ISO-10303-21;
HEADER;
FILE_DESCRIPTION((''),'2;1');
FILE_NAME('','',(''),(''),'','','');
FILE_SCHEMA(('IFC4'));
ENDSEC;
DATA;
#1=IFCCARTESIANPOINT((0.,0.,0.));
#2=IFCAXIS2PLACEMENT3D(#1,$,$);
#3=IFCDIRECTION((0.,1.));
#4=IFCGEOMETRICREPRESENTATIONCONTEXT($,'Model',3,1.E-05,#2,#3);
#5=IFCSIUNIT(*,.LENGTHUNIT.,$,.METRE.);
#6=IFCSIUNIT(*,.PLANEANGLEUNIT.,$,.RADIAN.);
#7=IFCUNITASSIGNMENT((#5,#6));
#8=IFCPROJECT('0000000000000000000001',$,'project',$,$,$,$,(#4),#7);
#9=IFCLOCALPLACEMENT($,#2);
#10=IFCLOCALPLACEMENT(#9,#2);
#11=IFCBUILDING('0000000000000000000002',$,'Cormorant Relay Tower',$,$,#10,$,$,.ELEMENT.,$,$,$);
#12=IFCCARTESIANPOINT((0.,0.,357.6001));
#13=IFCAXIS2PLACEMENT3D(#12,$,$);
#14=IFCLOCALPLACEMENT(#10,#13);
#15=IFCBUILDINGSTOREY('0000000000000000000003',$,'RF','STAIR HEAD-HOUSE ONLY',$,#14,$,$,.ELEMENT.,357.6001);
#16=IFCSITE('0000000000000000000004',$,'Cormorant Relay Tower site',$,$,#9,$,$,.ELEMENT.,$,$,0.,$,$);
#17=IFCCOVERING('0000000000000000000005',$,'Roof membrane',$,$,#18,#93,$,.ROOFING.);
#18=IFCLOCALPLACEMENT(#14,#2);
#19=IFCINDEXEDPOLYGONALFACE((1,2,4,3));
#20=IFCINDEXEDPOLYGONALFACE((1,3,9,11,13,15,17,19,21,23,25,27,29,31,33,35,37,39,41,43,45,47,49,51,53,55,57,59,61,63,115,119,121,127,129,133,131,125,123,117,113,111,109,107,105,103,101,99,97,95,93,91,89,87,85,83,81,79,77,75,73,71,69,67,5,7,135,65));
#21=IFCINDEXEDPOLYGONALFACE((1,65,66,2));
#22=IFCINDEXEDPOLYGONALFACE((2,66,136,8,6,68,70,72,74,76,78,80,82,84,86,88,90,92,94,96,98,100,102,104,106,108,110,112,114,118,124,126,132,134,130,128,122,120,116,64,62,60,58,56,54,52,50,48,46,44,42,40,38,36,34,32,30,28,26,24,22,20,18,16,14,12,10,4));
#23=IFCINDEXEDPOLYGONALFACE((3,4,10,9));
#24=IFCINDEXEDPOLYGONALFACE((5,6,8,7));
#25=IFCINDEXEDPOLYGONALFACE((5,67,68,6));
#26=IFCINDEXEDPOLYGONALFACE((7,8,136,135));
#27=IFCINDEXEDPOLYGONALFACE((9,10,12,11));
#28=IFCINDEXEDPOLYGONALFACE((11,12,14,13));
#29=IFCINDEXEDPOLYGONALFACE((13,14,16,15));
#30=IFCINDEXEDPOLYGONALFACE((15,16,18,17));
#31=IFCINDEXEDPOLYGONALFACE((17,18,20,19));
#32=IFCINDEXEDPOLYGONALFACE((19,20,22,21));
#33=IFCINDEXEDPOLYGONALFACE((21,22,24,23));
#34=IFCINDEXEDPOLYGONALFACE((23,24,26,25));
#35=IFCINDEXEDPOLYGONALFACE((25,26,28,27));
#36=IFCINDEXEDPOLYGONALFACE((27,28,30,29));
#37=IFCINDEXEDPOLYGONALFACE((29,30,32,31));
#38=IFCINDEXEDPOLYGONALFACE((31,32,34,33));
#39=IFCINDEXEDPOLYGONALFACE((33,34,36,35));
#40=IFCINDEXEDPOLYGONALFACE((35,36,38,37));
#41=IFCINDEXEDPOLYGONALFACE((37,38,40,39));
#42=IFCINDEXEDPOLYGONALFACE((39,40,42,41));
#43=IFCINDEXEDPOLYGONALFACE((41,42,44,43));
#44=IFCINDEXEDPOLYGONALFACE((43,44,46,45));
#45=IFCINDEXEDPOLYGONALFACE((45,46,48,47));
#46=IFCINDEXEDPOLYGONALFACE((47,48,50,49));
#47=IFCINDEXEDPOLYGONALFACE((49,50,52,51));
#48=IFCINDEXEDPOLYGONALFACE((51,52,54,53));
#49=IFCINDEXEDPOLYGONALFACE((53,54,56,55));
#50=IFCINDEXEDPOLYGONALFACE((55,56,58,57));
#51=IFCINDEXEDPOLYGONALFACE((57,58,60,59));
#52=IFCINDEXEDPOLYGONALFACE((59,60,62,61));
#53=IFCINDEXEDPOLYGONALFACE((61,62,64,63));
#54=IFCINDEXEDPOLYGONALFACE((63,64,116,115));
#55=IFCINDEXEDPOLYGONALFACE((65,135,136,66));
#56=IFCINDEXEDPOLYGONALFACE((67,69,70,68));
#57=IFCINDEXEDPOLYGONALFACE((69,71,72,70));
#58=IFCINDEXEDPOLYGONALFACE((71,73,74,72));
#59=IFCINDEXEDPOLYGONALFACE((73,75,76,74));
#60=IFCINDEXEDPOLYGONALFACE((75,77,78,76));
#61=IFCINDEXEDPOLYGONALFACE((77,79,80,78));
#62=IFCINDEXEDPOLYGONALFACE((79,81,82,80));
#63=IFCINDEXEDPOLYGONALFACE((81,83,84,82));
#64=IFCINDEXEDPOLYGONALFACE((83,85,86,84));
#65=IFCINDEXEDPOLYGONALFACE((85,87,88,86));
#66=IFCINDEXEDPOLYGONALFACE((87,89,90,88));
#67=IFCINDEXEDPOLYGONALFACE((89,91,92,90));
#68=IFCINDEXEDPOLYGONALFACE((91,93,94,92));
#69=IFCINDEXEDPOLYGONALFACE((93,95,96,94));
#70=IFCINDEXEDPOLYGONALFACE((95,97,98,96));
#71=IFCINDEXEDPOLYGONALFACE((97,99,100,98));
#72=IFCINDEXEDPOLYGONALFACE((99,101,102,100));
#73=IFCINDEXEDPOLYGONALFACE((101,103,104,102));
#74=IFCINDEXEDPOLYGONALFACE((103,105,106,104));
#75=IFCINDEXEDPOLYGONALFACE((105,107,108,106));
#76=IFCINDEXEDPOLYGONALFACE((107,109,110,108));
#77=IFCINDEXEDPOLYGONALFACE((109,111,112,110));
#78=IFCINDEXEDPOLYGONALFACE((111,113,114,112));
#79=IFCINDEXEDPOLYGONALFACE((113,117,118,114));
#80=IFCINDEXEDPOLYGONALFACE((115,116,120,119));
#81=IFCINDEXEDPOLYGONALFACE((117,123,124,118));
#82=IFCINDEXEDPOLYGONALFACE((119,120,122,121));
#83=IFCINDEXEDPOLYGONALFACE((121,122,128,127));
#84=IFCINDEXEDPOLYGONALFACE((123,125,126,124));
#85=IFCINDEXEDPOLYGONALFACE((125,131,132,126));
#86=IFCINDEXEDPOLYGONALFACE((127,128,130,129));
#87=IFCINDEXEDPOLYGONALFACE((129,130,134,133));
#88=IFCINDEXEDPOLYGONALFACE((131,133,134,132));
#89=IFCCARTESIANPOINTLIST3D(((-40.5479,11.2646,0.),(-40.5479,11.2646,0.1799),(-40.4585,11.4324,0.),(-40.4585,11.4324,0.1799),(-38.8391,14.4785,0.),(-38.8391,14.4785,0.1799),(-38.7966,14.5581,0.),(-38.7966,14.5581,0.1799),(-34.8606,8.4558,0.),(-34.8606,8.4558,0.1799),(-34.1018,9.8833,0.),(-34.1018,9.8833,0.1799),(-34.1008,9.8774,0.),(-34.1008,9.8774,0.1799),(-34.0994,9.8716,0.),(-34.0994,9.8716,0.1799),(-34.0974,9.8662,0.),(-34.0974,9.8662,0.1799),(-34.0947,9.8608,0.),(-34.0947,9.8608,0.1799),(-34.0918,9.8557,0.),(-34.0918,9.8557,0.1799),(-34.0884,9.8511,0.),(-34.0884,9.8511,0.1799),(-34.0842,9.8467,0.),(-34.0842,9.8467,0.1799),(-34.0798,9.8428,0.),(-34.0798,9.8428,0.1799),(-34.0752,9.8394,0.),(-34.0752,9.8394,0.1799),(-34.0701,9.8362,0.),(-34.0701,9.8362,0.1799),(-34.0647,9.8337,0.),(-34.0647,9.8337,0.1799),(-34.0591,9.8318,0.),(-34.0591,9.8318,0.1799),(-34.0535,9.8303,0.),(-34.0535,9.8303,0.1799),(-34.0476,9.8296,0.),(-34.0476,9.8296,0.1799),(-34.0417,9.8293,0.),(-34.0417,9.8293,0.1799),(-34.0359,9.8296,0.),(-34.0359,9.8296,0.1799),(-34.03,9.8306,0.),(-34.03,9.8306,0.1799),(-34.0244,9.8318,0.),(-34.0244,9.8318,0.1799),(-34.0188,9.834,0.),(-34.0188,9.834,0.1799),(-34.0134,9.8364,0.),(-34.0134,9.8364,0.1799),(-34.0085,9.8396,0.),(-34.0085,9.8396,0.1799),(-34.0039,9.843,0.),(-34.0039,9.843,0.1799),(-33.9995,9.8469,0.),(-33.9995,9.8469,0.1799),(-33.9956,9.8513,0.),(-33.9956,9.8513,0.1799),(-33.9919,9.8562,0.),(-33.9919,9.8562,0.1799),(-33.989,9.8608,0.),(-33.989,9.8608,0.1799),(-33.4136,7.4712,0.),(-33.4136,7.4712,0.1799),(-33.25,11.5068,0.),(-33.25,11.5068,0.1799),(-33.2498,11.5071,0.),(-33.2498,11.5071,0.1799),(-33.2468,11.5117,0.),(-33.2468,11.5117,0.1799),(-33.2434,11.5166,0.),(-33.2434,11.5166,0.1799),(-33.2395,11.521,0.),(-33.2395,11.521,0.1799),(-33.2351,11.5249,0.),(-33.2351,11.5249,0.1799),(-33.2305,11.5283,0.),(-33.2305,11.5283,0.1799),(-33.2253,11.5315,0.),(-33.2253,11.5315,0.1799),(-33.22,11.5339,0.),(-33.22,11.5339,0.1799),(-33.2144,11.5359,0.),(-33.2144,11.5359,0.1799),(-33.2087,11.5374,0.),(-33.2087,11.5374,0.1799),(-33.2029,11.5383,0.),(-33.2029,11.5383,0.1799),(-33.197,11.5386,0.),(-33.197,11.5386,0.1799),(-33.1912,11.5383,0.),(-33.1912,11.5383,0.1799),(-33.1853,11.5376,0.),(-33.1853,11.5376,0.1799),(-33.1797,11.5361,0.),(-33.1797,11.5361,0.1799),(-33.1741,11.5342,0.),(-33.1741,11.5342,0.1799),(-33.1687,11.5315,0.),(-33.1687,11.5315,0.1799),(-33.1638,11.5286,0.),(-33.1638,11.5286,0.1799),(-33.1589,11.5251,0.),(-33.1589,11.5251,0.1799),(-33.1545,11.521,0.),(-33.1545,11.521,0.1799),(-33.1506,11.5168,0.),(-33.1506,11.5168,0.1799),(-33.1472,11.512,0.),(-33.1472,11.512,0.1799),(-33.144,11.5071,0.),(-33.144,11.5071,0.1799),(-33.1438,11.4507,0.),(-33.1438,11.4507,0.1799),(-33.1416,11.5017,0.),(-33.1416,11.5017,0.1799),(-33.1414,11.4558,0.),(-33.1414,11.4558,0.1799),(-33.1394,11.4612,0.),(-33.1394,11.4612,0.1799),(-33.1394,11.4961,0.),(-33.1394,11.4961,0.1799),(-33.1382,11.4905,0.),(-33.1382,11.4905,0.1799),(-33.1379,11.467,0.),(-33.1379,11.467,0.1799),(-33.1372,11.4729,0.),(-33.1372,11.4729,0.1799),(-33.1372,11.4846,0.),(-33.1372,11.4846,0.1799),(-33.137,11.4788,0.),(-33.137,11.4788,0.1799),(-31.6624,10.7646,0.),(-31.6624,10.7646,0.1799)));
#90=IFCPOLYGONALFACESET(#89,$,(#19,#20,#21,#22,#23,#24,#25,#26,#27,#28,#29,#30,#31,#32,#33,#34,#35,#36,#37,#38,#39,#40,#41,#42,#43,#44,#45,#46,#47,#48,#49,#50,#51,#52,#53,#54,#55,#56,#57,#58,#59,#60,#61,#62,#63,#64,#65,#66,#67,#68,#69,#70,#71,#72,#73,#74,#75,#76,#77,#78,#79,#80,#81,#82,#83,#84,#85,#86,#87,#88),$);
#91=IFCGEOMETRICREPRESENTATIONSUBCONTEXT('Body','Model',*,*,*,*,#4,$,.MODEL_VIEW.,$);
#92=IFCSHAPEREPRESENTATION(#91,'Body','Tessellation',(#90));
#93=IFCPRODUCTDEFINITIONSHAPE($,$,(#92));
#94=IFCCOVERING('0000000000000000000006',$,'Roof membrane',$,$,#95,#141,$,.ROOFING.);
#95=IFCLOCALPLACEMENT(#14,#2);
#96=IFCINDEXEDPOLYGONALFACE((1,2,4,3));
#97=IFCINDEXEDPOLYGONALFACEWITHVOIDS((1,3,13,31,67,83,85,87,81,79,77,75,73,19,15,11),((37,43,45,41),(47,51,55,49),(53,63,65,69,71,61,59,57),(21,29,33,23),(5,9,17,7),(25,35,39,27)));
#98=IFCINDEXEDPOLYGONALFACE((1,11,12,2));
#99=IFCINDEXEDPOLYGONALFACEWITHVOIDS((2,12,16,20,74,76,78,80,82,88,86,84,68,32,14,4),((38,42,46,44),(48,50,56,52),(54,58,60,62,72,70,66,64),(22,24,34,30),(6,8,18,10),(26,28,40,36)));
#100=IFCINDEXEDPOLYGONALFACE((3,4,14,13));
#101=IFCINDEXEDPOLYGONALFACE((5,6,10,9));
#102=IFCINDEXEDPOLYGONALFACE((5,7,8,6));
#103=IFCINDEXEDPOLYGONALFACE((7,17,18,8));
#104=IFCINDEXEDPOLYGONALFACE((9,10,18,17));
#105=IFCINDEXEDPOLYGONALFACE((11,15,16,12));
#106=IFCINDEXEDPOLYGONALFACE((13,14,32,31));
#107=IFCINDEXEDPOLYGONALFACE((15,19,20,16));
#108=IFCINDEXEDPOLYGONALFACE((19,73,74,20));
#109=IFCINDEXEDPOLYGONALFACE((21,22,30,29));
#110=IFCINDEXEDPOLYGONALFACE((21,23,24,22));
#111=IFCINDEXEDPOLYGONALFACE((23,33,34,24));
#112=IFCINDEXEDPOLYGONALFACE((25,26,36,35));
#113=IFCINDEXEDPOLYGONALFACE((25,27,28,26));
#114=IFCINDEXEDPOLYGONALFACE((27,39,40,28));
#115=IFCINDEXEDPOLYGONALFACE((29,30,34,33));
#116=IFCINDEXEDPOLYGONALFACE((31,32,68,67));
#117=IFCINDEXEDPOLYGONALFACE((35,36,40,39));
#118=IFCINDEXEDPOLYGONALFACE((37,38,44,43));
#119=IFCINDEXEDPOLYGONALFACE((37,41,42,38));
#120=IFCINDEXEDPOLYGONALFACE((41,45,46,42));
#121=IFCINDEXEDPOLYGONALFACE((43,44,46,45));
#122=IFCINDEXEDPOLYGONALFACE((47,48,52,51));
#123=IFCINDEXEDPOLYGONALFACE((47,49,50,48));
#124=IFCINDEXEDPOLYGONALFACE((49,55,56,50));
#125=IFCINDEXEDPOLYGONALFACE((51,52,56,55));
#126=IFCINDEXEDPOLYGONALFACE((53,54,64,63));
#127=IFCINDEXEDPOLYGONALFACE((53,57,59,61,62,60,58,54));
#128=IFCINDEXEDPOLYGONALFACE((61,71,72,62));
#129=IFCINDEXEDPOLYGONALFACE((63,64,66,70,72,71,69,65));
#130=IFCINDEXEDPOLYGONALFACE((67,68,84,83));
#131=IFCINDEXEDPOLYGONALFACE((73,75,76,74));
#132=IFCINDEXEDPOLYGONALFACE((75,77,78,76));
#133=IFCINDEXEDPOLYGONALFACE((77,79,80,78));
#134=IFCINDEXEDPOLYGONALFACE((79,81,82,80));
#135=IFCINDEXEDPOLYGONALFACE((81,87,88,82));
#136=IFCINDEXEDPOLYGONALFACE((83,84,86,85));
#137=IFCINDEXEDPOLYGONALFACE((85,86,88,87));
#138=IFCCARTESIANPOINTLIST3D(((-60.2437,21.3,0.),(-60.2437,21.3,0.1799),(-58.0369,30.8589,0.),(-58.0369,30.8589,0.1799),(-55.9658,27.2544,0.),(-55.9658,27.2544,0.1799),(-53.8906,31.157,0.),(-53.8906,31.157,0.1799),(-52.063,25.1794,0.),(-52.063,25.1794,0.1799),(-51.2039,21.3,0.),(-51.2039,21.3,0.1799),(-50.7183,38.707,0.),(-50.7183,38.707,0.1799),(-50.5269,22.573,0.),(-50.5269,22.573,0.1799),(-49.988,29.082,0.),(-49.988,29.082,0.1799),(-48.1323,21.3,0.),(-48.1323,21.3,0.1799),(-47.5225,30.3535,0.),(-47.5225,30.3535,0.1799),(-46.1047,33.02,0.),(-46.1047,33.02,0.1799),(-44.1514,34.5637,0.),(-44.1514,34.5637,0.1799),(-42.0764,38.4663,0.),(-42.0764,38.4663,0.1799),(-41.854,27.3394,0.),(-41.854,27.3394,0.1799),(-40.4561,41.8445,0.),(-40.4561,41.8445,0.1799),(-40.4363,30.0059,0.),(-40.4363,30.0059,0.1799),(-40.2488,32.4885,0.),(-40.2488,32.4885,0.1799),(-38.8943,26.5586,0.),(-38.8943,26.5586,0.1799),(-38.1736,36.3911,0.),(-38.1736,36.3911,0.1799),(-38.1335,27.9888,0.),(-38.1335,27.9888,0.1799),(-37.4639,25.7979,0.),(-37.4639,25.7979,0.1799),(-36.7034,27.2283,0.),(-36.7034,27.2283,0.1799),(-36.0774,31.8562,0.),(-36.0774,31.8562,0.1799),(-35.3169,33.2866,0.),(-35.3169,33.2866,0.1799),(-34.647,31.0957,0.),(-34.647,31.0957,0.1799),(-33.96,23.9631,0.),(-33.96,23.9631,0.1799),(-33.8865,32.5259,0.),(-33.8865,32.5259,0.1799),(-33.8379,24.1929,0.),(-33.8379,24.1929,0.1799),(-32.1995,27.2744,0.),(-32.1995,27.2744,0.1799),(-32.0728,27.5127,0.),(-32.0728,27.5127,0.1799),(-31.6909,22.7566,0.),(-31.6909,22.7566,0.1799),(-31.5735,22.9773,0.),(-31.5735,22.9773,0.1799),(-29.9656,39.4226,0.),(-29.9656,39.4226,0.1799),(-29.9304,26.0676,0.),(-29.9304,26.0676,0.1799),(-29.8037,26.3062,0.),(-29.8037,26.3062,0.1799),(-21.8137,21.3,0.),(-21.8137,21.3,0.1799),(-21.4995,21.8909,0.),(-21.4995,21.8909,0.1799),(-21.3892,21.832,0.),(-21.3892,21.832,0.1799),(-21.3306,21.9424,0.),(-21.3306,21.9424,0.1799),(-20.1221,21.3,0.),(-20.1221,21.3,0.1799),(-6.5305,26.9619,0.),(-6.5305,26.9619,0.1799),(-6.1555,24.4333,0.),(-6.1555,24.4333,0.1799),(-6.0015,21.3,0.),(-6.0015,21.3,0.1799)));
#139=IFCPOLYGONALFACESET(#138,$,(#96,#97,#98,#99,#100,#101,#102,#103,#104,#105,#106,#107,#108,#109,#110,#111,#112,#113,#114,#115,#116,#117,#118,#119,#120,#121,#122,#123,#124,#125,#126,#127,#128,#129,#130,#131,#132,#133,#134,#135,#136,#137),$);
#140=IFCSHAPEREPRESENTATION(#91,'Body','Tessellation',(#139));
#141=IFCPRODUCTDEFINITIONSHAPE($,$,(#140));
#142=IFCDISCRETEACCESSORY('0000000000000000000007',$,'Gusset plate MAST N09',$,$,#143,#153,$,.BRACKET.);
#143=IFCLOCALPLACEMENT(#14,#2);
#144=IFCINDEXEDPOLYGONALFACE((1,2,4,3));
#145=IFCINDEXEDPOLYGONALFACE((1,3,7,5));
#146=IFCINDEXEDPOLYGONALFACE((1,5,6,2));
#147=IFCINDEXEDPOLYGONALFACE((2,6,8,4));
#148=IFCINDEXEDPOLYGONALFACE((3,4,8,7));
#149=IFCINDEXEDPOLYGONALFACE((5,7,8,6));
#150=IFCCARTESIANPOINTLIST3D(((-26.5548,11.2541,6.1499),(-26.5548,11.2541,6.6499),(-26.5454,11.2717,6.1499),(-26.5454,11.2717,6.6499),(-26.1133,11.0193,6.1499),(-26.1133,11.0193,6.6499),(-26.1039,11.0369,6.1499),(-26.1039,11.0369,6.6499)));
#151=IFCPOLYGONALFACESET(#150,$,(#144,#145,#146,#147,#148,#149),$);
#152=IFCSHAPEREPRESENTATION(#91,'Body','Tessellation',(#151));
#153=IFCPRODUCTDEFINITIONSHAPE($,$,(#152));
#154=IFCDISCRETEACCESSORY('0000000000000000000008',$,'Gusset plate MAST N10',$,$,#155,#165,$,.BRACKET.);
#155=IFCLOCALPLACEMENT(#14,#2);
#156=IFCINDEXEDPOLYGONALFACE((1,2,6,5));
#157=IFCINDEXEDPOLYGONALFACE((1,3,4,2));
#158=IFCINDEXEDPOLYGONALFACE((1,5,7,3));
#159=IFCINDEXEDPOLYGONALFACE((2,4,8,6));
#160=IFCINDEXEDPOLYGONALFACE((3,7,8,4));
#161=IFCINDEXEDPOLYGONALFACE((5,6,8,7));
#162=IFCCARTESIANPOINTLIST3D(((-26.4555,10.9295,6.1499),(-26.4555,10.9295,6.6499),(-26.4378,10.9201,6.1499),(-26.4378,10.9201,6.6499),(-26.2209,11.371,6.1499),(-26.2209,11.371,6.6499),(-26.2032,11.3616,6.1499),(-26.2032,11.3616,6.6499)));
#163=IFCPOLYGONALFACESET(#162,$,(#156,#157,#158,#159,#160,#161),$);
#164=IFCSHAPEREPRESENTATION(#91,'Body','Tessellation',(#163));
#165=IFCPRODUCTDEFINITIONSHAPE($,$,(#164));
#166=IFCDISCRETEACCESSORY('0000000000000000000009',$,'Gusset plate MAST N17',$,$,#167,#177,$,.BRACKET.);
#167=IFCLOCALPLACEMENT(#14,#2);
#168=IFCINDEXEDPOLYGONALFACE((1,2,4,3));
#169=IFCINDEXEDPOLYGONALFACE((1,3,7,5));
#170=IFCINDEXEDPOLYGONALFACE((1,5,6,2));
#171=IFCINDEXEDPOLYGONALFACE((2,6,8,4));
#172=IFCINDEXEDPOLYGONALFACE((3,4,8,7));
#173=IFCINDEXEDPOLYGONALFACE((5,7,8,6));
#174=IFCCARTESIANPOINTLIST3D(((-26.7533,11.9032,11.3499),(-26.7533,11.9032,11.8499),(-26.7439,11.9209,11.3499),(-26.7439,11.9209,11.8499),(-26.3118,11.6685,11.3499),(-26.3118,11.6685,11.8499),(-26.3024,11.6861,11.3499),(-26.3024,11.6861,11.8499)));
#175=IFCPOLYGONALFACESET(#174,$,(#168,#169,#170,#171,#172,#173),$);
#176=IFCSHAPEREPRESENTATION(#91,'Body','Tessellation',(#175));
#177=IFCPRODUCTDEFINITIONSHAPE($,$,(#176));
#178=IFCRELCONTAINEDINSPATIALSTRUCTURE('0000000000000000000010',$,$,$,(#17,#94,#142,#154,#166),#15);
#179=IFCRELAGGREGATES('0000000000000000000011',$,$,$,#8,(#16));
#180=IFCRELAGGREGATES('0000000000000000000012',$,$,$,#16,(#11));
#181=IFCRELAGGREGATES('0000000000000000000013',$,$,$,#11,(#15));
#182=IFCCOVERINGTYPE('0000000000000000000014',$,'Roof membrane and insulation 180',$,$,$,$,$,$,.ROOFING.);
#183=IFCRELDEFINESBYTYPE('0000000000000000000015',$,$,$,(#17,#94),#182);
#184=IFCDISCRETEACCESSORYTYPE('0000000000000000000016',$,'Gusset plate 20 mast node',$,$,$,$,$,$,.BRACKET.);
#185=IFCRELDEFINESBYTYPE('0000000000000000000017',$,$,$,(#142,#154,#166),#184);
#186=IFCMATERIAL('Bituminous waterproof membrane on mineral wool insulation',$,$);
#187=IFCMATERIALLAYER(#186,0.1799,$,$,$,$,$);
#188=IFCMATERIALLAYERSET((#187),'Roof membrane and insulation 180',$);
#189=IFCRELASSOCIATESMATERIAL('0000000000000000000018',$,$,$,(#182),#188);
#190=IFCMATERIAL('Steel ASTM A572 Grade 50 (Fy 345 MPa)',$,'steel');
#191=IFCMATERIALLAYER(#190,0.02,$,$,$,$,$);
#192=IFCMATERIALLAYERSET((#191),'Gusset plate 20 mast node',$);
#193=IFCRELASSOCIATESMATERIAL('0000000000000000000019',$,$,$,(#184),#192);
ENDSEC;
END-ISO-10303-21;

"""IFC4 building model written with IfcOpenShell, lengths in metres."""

from ifc_helpers import new_model, si_unit, direction, frame, origin, origin_2d, place, context, subcontext, project, spatial, polyline, rectangle, outline, extrude, material, layer, layer_set, type_object, element, save


model = new_model("IFC4")

# Units and contexts
model_context = context("Model", 3, precision=1e-05, world=origin(), true_north=direction((0.0, 1.0)))
body_context = subcontext(model_context, "Body", "Model", "MODEL_VIEW")
ifc_project = project(units=[si_unit("LENGTHUNIT", "METRE"), si_unit("PLANEANGLEUNIT", "RADIAN")], contexts=[model_context])

# Site, building, storey
site_placement = place(None, origin())
site = spatial("IfcSite", under=ifc_project, at=site_placement, Name="Cormorant Relay Tower site", CompositionType="ELEMENT", RefElevation=0.0)
building_placement = place(site_placement, origin())
building = spatial("IfcBuilding", under=site, at=building_placement, Name="Cormorant Relay Tower", CompositionType="ELEMENT")
storey_placement = place(building_placement, frame((0.0, 0.0, 357.6001)))
storey = spatial("IfcBuildingStorey", under=building, at=storey_placement, Name="RF", Description="STAIR HEAD-HOUSE ONLY", CompositionType="ELEMENT", Elevation=357.6001)

# Coverings
ifc_material_1 = material(Name="Bituminous waterproof membrane on mineral wool insulation")
ifc_layer_1 = layer(ifc_material_1, 0.1799)
ifc_layer_set_1 = layer_set([ifc_layer_1], Name="Roof membrane and insulation 180")
covering_type = type_object("IfcCoveringType", Name="Roof membrane and insulation 180", PredefinedType="ROOFING", material=ifc_layer_set_1)
covering_1_placement = place(storey_placement, origin())
element("IfcCovering", 1, at=covering_1_placement, inside=storey, type_object=covering_type, Name="Roof membrane", PredefinedType="ROOFING", context=body_context, shape_type="SweptSolid", body=[
    extrude(outline(polyline([(-34.1018, 9.8833), (-34.1018, 9.8833), (-34.1008, 9.8774), (-34.0994, 9.8716), (-34.0974, 9.8662), (-34.0947, 9.8608), (-34.0918, 9.8557), (-34.0884, 9.8511), (-34.0842, 9.8467), (-34.0798, 9.8428), (-34.0752, 9.8394), (-34.0701, 9.8362), (-34.0647, 9.8337), (-34.0591, 9.8318), (-34.0535, 9.8303), (-34.0476, 9.8296), (-34.0417, 9.8293), (-34.0359, 9.8296), (-34.03, 9.8306), (-34.0244, 9.8318), (-34.0188, 9.834), (-34.0134, 9.8364), (-34.0085, 9.8396), (-34.0039, 9.843), (-33.9995, 9.8469), (-33.9956, 9.8513), (-33.9919, 9.8562), (-33.989, 9.8608), (-33.1438, 11.4507), (-33.1414, 11.4558), (-33.1394, 11.4612), (-33.1379, 11.467), (-33.1372, 11.4729), (-33.137, 11.4788), (-33.1372, 11.4846), (-33.1382, 11.4905), (-33.1394, 11.4961), (-33.1416, 11.5017), (-33.144, 11.5071), (-33.1472, 11.512), (-33.1506, 11.5168), (-33.1545, 11.521), (-33.1589, 11.5251), (-33.1638, 11.5286), (-33.1687, 11.5315), (-33.1741, 11.5342), (-33.1797, 11.5361), (-33.1853, 11.5376), (-33.1912, 11.5383), (-33.197, 11.5386), (-33.2029, 11.5383), (-33.2087, 11.5374), (-33.2144, 11.5359), (-33.22, 11.5339), (-33.2253, 11.5315), (-33.2305, 11.5283), (-33.2351, 11.5249), (-33.2395, 11.521), (-33.2434, 11.5166), (-33.2468, 11.5117), (-33.2498, 11.5071), (-33.25, 11.5068), (-38.8391, 14.4785), (-38.7966, 14.5581), (-31.6624, 10.7646), (-33.4136, 7.4712), (-40.5479, 11.2646), (-40.4585, 11.4324), (-34.8606, 8.4558), (-34.1018, 9.8833)])), origin(), (0.0, 0.0, 1.0), 0.1799),
])
covering_2_placement = place(storey_placement, origin())
element("IfcCovering", 2, at=covering_2_placement, inside=storey, type_object=covering_type, Name="Roof membrane", PredefinedType="ROOFING", context=body_context, shape_type="SweptSolid", body=[
    extrude(outline(polyline([(-60.2437, 21.3), (-58.0369, 30.8589), (-50.7183, 38.707), (-40.4561, 41.8445), (-29.9656, 39.4226), (-6.5305, 26.9619), (-6.1555, 24.4333), (-6.0015, 21.3), (-20.1221, 21.3), (-21.3306, 21.9424), (-21.3892, 21.832), (-21.4995, 21.8909), (-21.8137, 21.3), (-48.1323, 21.3), (-50.5269, 22.573), (-51.2039, 21.3), (-60.2437, 21.3)]), holes=[polyline([(-33.8379, 24.1929), (-33.96, 23.9631), (-31.6909, 22.7566), (-31.5735, 22.9773), (-31.5735, 22.9773), (-29.9304, 26.0676), (-29.9304, 26.0676), (-29.8037, 26.3062), (-32.0728, 27.5127), (-32.1995, 27.2744), (-32.1995, 27.2744), (-33.8379, 24.1929)]), polyline([(-34.647, 31.0957), (-33.8865, 32.5259), (-35.3169, 33.2866), (-36.0774, 31.8562), (-34.647, 31.0957)]), polyline([(-36.7034, 27.2283), (-38.1335, 27.9888), (-38.8943, 26.5586), (-37.4639, 25.7979), (-36.7034, 27.2283)]), polyline([(-40.2488, 32.4885), (-38.1736, 36.3911), (-42.0764, 38.4663), (-44.1514, 34.5637), (-40.2488, 32.4885)]), polyline([(-41.854, 27.3394), (-40.4363, 30.0059), (-46.1047, 33.02), (-47.5225, 30.3535), (-41.854, 27.3394)]), polyline([(-49.988, 29.082), (-53.8906, 31.157), (-55.9658, 27.2544), (-52.063, 25.1794), (-49.988, 29.082)])]), origin(), (0.0, 0.0, 1.0), 0.1799),
])

# Discrete accessories
ifc_material_2 = material(Name="Steel ASTM A572 Grade 50 (Fy 345 MPa)", Category="steel")
ifc_layer_2 = layer(ifc_material_2, 0.02)
ifc_layer_set_2 = layer_set([ifc_layer_2], Name="Gusset plate 20 mast node")
discrete_accessory_type = type_object("IfcDiscreteAccessoryType", Name="Gusset plate 20 mast node", PredefinedType="BRACKET", material=ifc_layer_set_2)
for number, where, z_axis, x_axis, name in (
    (3, (-26.3293, 11.1455, 6.1499), (0.0, 0.0, 1.0), (-0.882873, 0.469612, 0.0), "Gusset plate MAST N09"),
    (4, (-26.3293, 11.1455, 6.1499), (0.0, 0.0, 1.0), (0.469336, 0.88302, 0.0), "Gusset plate MAST N10"),
    (5, (-26.5278, 11.7947, 11.3499), (0.0, 0.0, 1.0), (-0.882951, 0.469465, 0.0), "Gusset plate MAST N17"),
):
    element("IfcDiscreteAccessory", number, at=place(storey_placement, frame(where, z_axis=z_axis, x_axis=x_axis)), inside=storey, type_object=discrete_accessory_type, Name=name, PredefinedType="BRACKET", context=body_context, shape_type="SweptSolid", body=[
        extrude(rectangle(XDim=0.5, YDim=0.02, at=origin_2d()), origin(), (0.0, 0.0, 1.0), 0.5),
    ])

save(model, "model.ifc")
